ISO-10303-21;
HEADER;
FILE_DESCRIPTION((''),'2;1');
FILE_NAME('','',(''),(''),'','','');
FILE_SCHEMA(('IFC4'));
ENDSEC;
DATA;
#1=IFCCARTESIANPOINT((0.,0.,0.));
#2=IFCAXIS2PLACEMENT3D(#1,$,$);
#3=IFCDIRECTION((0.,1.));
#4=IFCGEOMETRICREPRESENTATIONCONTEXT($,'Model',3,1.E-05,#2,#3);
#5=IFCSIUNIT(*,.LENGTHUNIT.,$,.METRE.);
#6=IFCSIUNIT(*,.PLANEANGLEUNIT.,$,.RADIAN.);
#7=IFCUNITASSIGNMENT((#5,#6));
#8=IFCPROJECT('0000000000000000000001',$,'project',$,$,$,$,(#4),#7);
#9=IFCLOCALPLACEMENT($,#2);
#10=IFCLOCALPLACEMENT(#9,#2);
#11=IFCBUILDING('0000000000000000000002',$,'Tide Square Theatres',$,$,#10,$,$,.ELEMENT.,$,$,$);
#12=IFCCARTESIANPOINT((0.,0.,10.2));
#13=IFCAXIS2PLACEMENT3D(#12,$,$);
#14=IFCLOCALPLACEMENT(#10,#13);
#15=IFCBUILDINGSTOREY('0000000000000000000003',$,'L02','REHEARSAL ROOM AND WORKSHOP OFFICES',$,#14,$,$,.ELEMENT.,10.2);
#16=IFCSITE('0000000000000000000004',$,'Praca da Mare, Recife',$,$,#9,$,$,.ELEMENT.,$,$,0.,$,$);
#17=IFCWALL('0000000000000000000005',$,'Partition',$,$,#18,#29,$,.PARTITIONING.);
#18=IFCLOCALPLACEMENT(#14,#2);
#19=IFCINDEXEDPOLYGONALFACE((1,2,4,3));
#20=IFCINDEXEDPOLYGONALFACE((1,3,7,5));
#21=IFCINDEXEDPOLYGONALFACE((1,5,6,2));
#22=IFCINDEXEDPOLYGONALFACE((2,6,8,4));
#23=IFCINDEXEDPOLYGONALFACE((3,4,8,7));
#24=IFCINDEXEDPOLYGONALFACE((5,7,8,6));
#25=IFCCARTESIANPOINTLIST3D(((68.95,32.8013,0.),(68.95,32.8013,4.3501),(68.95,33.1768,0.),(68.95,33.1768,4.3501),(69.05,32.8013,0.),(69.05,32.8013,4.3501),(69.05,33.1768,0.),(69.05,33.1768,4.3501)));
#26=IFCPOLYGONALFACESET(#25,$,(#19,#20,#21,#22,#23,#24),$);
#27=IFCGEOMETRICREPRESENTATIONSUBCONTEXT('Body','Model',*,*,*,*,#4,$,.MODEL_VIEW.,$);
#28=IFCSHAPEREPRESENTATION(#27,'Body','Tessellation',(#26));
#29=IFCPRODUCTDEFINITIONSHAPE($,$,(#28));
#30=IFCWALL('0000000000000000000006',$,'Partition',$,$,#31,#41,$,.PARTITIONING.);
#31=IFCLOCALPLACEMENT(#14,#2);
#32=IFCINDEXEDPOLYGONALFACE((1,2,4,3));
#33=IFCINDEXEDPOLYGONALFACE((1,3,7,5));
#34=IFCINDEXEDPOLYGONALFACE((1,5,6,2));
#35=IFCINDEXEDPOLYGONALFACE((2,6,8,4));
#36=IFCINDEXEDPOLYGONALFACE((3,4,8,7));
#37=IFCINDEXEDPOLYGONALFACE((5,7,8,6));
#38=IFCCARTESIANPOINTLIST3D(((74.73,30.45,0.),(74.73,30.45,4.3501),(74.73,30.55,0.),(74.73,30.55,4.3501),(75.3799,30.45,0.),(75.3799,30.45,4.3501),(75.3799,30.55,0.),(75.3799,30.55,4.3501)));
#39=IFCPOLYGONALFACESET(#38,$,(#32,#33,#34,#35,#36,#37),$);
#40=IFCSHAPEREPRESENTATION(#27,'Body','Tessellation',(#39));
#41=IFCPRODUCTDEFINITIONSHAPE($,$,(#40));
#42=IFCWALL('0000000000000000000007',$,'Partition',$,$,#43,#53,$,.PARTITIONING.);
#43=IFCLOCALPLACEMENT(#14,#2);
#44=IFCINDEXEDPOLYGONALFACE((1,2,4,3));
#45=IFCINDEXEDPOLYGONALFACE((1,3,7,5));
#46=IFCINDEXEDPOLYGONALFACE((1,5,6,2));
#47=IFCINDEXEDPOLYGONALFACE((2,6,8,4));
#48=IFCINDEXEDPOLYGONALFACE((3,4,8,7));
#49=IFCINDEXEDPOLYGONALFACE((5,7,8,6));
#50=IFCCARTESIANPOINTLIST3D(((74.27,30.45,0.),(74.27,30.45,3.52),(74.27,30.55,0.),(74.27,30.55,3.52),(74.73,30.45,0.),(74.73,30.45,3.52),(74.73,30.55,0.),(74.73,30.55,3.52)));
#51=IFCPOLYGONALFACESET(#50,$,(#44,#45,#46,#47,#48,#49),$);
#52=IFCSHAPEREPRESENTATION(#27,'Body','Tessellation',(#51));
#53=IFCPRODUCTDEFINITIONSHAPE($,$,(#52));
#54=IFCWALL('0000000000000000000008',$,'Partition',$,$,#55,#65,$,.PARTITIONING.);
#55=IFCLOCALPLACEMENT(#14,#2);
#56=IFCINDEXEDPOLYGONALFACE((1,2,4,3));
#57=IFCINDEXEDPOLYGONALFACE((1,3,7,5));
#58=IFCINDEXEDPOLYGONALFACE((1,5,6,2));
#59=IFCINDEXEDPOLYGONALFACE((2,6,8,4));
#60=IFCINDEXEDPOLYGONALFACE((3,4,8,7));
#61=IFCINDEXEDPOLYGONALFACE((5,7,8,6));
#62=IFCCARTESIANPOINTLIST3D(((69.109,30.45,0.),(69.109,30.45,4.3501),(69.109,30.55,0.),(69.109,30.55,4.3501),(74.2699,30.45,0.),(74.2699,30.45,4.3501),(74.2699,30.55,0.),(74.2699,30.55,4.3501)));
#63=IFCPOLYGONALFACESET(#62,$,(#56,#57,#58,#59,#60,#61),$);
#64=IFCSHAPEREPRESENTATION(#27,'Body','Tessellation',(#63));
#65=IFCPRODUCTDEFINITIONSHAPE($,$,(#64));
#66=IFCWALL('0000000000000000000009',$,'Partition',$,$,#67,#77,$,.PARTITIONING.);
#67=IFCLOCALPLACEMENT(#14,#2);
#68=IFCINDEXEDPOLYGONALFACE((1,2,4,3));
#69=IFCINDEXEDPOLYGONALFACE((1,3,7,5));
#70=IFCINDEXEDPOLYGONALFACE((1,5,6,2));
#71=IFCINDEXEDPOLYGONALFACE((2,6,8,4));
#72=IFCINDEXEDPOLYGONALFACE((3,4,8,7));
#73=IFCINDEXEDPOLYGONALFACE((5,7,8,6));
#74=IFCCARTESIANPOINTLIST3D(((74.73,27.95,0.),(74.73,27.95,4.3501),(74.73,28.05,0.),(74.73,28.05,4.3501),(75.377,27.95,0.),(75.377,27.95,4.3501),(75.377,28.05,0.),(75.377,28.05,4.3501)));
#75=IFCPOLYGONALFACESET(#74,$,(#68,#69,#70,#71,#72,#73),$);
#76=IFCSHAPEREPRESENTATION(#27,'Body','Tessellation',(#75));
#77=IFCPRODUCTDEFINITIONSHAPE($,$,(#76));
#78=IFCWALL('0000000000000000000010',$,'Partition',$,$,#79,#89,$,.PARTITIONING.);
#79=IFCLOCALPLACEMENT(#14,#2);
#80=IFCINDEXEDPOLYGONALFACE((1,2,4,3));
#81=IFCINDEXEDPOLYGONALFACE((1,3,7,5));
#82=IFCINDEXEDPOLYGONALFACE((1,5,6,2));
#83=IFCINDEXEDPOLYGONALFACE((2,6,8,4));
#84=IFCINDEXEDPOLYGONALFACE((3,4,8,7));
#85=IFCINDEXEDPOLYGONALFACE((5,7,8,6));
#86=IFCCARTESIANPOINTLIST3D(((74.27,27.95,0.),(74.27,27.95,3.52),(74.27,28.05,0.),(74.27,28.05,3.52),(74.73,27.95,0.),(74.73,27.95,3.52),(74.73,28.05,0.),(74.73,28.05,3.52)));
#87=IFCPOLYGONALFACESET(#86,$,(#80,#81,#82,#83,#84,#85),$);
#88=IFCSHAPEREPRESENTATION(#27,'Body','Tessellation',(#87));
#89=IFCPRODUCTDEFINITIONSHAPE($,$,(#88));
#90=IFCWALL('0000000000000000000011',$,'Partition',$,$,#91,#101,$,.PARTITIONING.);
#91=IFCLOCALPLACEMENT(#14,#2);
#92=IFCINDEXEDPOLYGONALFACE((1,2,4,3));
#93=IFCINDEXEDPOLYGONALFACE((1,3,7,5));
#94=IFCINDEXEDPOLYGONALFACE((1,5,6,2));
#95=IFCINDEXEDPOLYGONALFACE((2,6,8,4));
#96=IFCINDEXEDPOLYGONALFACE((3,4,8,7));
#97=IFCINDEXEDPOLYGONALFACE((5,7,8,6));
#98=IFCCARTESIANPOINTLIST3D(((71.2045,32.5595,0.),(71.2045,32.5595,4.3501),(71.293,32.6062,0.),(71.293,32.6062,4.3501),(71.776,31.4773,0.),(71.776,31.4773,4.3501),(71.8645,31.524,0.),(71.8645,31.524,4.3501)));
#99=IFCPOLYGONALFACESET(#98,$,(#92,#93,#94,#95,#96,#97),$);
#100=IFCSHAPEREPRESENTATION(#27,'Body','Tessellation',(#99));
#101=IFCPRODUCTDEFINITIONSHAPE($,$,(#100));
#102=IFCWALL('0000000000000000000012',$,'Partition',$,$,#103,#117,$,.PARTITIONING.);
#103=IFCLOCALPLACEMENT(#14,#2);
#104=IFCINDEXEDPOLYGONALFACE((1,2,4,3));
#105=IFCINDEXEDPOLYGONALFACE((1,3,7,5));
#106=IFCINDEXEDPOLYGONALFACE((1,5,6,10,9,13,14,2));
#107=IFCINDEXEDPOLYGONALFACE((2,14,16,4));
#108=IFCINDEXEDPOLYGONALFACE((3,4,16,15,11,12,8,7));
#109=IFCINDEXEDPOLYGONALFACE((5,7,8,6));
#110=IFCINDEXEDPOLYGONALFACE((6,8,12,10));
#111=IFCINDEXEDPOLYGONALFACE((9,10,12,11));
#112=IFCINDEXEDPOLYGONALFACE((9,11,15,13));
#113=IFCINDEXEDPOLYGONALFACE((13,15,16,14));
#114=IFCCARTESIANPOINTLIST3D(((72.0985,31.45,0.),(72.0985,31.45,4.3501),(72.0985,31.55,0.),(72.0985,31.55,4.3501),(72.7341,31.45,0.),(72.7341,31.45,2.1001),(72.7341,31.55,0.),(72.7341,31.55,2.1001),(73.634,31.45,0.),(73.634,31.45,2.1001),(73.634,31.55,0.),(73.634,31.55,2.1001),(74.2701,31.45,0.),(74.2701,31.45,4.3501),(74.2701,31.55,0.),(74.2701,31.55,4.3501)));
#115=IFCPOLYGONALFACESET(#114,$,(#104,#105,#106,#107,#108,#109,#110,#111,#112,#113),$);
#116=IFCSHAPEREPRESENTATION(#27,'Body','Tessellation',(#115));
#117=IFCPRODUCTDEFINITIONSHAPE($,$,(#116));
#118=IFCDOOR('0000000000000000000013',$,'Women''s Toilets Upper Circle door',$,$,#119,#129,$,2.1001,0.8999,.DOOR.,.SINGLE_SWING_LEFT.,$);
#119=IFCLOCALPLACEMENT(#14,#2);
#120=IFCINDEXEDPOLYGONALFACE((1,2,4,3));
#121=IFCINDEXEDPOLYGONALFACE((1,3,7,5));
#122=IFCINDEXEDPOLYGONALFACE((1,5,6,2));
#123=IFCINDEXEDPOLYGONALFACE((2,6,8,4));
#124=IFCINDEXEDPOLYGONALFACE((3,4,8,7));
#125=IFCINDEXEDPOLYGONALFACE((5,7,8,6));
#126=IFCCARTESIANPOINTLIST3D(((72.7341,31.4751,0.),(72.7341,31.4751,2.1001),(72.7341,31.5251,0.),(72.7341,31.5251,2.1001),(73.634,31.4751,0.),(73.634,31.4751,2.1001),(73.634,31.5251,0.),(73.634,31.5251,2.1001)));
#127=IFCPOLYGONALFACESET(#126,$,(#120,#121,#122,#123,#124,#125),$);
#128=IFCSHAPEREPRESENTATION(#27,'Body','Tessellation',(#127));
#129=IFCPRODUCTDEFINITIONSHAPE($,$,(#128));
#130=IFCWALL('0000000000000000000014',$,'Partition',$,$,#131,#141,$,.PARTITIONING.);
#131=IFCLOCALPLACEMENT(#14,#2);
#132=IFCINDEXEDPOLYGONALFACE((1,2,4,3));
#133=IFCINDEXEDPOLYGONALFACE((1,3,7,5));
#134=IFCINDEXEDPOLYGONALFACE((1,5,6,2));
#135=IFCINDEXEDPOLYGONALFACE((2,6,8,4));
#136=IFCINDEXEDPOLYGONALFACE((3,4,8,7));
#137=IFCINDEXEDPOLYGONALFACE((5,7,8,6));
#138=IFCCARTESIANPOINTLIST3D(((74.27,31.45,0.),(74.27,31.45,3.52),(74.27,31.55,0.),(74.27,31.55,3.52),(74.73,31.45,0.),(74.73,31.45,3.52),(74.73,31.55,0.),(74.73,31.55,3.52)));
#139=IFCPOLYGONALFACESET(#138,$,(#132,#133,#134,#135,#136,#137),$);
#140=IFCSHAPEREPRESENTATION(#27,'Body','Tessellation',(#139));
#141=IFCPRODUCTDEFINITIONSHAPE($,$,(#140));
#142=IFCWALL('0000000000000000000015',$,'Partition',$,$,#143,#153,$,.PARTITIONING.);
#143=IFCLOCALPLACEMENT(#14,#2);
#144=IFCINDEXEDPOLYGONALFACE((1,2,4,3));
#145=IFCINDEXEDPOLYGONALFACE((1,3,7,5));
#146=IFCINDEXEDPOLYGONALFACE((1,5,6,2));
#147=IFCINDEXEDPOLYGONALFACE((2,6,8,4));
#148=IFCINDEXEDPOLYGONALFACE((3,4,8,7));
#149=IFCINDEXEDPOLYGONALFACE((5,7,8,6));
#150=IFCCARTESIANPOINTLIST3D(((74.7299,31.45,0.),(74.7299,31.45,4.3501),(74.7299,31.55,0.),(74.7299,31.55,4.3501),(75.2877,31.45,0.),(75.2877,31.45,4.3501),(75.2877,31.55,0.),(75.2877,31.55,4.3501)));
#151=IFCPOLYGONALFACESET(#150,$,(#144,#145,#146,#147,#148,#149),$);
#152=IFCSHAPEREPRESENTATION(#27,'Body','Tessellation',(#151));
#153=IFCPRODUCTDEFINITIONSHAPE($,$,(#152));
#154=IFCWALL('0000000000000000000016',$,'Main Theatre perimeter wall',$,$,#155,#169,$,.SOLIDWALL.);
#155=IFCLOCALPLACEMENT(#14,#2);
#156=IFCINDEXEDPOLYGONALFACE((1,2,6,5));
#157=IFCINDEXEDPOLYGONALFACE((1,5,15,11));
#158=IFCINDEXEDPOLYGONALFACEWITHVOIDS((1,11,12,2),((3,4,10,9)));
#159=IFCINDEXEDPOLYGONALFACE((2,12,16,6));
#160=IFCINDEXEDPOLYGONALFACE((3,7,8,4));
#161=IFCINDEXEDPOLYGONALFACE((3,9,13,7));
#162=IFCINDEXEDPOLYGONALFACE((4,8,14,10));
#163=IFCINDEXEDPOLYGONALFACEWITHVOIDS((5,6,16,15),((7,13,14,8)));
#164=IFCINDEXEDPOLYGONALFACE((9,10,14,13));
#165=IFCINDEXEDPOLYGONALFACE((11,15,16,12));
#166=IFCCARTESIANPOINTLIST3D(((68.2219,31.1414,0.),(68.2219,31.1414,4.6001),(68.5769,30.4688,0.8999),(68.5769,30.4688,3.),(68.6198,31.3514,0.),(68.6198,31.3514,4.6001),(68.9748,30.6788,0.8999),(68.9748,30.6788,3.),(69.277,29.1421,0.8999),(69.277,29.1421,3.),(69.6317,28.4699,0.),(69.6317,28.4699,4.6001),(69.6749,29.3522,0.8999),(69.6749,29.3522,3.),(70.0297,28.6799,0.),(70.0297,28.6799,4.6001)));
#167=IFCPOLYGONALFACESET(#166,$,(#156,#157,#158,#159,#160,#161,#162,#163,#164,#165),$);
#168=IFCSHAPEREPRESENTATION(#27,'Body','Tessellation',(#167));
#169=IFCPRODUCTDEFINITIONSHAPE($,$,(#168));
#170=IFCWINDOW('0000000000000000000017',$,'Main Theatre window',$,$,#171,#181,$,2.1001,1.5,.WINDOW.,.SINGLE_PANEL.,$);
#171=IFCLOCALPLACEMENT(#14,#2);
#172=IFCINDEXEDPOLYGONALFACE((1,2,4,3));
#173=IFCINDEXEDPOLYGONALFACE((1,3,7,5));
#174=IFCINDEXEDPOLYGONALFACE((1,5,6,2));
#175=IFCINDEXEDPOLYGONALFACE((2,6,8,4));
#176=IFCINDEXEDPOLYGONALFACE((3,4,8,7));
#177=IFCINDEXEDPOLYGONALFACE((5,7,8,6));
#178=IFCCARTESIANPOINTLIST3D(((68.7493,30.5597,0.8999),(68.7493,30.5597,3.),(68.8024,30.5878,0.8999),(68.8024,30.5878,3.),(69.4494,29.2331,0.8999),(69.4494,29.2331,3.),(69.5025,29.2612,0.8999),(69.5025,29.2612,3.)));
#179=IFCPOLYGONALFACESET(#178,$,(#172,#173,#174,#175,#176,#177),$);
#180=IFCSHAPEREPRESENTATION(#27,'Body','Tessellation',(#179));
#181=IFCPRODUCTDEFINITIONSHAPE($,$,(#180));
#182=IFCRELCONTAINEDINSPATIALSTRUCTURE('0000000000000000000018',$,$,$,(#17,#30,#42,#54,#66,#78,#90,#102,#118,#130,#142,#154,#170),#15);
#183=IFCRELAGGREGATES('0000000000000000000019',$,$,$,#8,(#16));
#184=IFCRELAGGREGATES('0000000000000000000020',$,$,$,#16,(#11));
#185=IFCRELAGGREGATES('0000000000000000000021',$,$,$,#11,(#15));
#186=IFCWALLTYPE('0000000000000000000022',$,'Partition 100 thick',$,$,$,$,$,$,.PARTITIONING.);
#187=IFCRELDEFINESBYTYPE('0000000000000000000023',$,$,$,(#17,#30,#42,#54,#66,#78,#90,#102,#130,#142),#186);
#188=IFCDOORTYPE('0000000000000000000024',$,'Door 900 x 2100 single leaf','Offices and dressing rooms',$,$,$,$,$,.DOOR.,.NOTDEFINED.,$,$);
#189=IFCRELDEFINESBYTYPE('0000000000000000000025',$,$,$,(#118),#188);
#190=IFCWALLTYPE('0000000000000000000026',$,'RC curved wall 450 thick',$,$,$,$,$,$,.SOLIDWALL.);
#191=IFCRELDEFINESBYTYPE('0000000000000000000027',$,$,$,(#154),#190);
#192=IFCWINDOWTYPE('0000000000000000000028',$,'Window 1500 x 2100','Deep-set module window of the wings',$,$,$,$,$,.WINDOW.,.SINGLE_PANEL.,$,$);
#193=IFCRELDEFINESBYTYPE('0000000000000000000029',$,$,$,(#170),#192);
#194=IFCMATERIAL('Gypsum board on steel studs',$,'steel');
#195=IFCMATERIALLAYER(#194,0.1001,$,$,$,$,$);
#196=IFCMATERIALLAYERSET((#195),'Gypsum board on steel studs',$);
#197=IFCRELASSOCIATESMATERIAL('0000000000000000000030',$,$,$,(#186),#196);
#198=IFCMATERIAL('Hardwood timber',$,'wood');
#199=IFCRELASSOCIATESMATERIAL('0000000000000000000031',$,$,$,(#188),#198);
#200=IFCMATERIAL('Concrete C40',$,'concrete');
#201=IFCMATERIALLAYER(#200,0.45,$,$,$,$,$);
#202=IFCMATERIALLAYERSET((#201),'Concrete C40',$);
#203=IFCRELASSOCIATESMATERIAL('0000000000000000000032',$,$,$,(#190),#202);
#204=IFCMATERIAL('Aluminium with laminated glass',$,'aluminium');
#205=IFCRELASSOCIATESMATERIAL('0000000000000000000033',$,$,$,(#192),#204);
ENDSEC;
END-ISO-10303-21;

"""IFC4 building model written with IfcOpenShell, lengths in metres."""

from ifc_helpers import new_model, si_unit, direction, frame, frame_2d, origin, place, context, subcontext, project, spatial, rectangle, extrude, material, layer, layer_set, type_object, element, fill, save


model = new_model("IFC4")

# Units and contexts
model_context = context("Model", 3, precision=1e-05, world=origin(), true_north=direction((0.0, 1.0)))
body_context = subcontext(model_context, "Body", "Model", "MODEL_VIEW")
ifc_project = project(units=[si_unit("LENGTHUNIT", "METRE"), si_unit("PLANEANGLEUNIT", "RADIAN")], contexts=[model_context])

# Site, building, storey
site_placement = place(None, origin())
site = spatial("IfcSite", under=ifc_project, at=site_placement, Name="Praca da Mare, Recife", CompositionType="ELEMENT", RefElevation=0.0)
building_placement = place(site_placement, origin())
building = spatial("IfcBuilding", under=site, at=building_placement, Name="Tide Square Theatres", CompositionType="ELEMENT")
storey_placement = place(building_placement, frame((0.0, 0.0, 10.2)))
storey = spatial("IfcBuildingStorey", under=building, at=storey_placement, Name="L02", Description="REHEARSAL ROOM AND WORKSHOP OFFICES", CompositionType="ELEMENT", Elevation=10.2)

# Walls
ifc_material_1 = material(Name="Gypsum board on steel studs", Category="steel")
ifc_layer_1 = layer(ifc_material_1, 0.1001)
ifc_layer_set_1 = layer_set([ifc_layer_1], Name="Gypsum board on steel studs")
wall_type_1 = type_object("IfcWallType", Name="Partition 100 thick", PredefinedType="PARTITIONING", material=ifc_layer_set_1)
wall_1_placement = place(storey_placement, frame((69.0, 32.8013, 0.0), z_axis=(0.0, 0.0, 1.0), x_axis=(0.0, 1.0, 0.0)))
element("IfcWall", 1, at=wall_1_placement, inside=storey, type_object=wall_type_1, Name="Partition", PredefinedType="PARTITIONING", context=body_context, shape_type="SweptSolid", body=[
    extrude(rectangle(XDim=0.3755, YDim=0.1001, at=frame_2d((0.1877, 0.0))), origin(), (0.0, 0.0, 1.0), 4.3501),
])
wall_2_placement = place(storey_placement, frame((75.3799, 30.5, 0.0), z_axis=(0.0, 0.0, 1.0), x_axis=(-1.0, 0.0, 0.0)))
element("IfcWall", 2, at=wall_2_placement, inside=storey, type_object=wall_type_1, Name="Partition", PredefinedType="PARTITIONING", context=body_context, shape_type="SweptSolid", body=[
    extrude(rectangle(XDim=0.6499, YDim=0.1001, at=frame_2d((0.325, 0.0))), origin(), (0.0, 0.0, 1.0), 4.3501),
])
wall_3_placement = place(storey_placement, frame((74.73, 30.5, 0.0), z_axis=(0.0, 0.0, 1.0), x_axis=(-1.0, 0.0, 0.0)))
element("IfcWall", 3, at=wall_3_placement, inside=storey, type_object=wall_type_1, Name="Partition", PredefinedType="PARTITIONING", context=body_context, shape_type="SweptSolid", body=[
    extrude(rectangle(XDim=0.46, YDim=0.1001, at=frame_2d((0.23, 0.0))), origin(), (0.0, 0.0, 1.0), 3.52),
])
wall_4_placement = place(storey_placement, frame((74.27, 30.5, 0.0), z_axis=(0.0, 0.0, 1.0), x_axis=(-1.0, 0.0, 0.0)))
element("IfcWall", 4, at=wall_4_placement, inside=storey, type_object=wall_type_1, Name="Partition", PredefinedType="PARTITIONING", context=body_context, shape_type="SweptSolid", body=[
    extrude(rectangle(XDim=5.1609, YDim=0.1001, at=frame_2d((2.5806, 0.0))), origin(), (0.0, 0.0, 1.0), 4.3501),
])
wall_5_placement = place(storey_placement, frame((75.377, 28.0, 0.0), z_axis=(0.0, 0.0, 1.0), x_axis=(-1.0, 0.0, 0.0)))
element("IfcWall", 5, at=wall_5_placement, inside=storey, type_object=wall_type_1, Name="Partition", PredefinedType="PARTITIONING", context=body_context, shape_type="SweptSolid", body=[
    extrude(rectangle(XDim=0.647, YDim=0.1001, at=frame_2d((0.3235, 0.0))), origin(), (0.0, 0.0, 1.0), 4.3501),
])
wall_6_placement = place(storey_placement, frame((74.73, 28.0, 0.0), z_axis=(0.0, 0.0, 1.0), x_axis=(-1.0, 0.0, 0.0)))
element("IfcWall", 6, at=wall_6_placement, inside=storey, type_object=wall_type_1, Name="Partition", PredefinedType="PARTITIONING", context=body_context, shape_type="SweptSolid", body=[
    extrude(rectangle(XDim=0.46, YDim=0.1001, at=frame_2d((0.23, 0.0))), origin(), (0.0, 0.0, 1.0), 3.52),
])
wall_7_placement = place(storey_placement, frame((71.2488, 32.5828, 0.0), z_axis=(0.0, 0.0, 1.0), x_axis=(0.466971, -0.884273, 0.0)))
element("IfcWall", 7, at=wall_7_placement, inside=storey, type_object=wall_type_1, Name="Partition", PredefinedType="PARTITIONING", context=body_context, shape_type="SweptSolid", body=[
    extrude(rectangle(XDim=1.2239, YDim=0.1001, at=frame_2d((0.6118, 0.0))), origin(), (0.0, 0.0, 1.0), 4.3501),
])

# Wall, opening, door
wall_8_placement = place(storey_placement, frame((72.0984, 31.5, 0.0), z_axis=(0.0, 0.0, 1.0), x_axis=(1.0, 0.0, 0.0)))
wall_8 = element("IfcWall", 8, at=wall_8_placement, inside=storey, type_object=wall_type_1, Name="Partition", PredefinedType="PARTITIONING", context=body_context, shape_type="SweptSolid", body=[
    extrude(rectangle(XDim=2.1716, YDim=0.1001, at=frame_2d((1.0859, 0.0))), origin(), (0.0, 0.0, 1.0), 4.3501),
])
opening_1_placement = place(wall_8_placement, frame((0.6357, 0.0, 0.0)))
opening_1 = element("IfcOpeningElement", 9, at=opening_1_placement, cuts=wall_8, PredefinedType="OPENING", context=body_context, shape_type="SweptSolid", body=[
    extrude(rectangle(XDim=0.8999, YDim=2.1001, at=frame_2d((0.45, 1.05))), frame((0.0, 0.0601, 0.0), z_axis=(0.0, -1.0, 0.0), x_axis=(1.0, 0.0, 0.0)), (0.0, 0.0, 1.0), 0.1201),
])
ifc_material_2 = material(Name="Hardwood timber", Category="wood")
door_type_1 = type_object("IfcDoorType", Name="Door 900 x 2100 single leaf", Description="Offices and dressing rooms", OperationType="NOTDEFINED", PredefinedType="DOOR", material=ifc_material_2)
door_1_placement = place(opening_1_placement, frame((0.8999, 0.0, 0.0), z_axis=(0.0, 0.0, 1.0), x_axis=(-1.0, 0.0, 0.0)))
door_1 = element("IfcDoor", 10, at=door_1_placement, inside=storey, type_object=door_type_1, Name="Women's Toilets Upper Circle door", OperationType="SINGLE_SWING_LEFT", OverallHeight=2.1001, OverallWidth=0.8999, PredefinedType="DOOR", context=body_context, shape_type="SweptSolid", body=[
    extrude(rectangle(XDim=0.8999, YDim=2.1001, at=frame_2d((0.45, 1.05))), frame((0.0, 0.0249, 0.0), z_axis=(0.0, -1.0, 0.0), x_axis=(1.0, 0.0, 0.0)), (0.0, 0.0, 1.0), 0.05),
])
fill(opening_1, door_1)

# Walls
wall_9_placement = place(storey_placement, frame((74.27, 31.5, 0.0), z_axis=(0.0, 0.0, 1.0), x_axis=(1.0, 0.0, 0.0)))
element("IfcWall", 11, at=wall_9_placement, inside=storey, type_object=wall_type_1, Name="Partition", PredefinedType="PARTITIONING", context=body_context, shape_type="SweptSolid", body=[
    extrude(rectangle(XDim=0.46, YDim=0.1001, at=frame_2d((0.23, 0.0))), origin(), (0.0, 0.0, 1.0), 3.52),
])
wall_10_placement = place(storey_placement, frame((74.73, 31.5, 0.0), z_axis=(0.0, 0.0, 1.0), x_axis=(1.0, 0.0, 0.0)))
element("IfcWall", 12, at=wall_10_placement, inside=storey, type_object=wall_type_1, Name="Partition", PredefinedType="PARTITIONING", context=body_context, shape_type="SweptSolid", body=[
    extrude(rectangle(XDim=0.5579, YDim=0.1001, at=frame_2d((0.2788, 0.0))), origin(), (0.0, 0.0, 1.0), 4.3501),
])

# Wall, opening, window
ifc_material_3 = material(Name="Concrete C40", Category="concrete")
ifc_layer_2 = layer(ifc_material_3, 0.45)
ifc_layer_set_2 = layer_set([ifc_layer_2], Name="Concrete C40")
wall_type_2 = type_object("IfcWallType", Name="RC curved wall 450 thick", PredefinedType="SOLIDWALL", material=ifc_layer_set_2)
wall_11_placement = place(storey_placement, frame((68.4209, 31.2463, 0.0), z_axis=(0.0, 0.0, 1.0), x_axis=(0.466729, -0.884401, 0.0)))
wall_11 = element("IfcWall", 13, at=wall_11_placement, inside=storey, type_object=wall_type_2, Name="Main Theatre perimeter wall", PredefinedType="SOLIDWALL", context=body_context, shape_type="SweptSolid", body=[
    extrude(rectangle(XDim=3.0208, YDim=0.45, at=frame_2d((1.5103, 0.0))), origin(), (0.0, 0.0, 1.0), 4.6001),
])
opening_2_placement = place(wall_11_placement, frame((0.7605, 0.0, 0.8999)))
opening_2 = element("IfcOpeningElement", 14, at=opening_2_placement, cuts=wall_11, PredefinedType="OPENING", context=body_context, shape_type="SweptSolid", body=[
    extrude(rectangle(XDim=1.5, YDim=2.1001, at=frame_2d((0.75, 1.05))), frame((0.0, 0.2349, 0.0), z_axis=(0.0, -1.0, 0.0), x_axis=(1.0, 0.0, 0.0)), (0.0, 0.0, 1.0), 0.47),
])
ifc_material_4 = material(Name="Aluminium with laminated glass", Category="aluminium")
window_type = type_object("IfcWindowType", Name="Window 1500 x 2100", Description="Deep-set module window of the wings", PartitioningType="SINGLE_PANEL", PredefinedType="WINDOW", material=ifc_material_4)
window_1_placement = place(opening_2_placement, origin())
window_1 = element("IfcWindow", 15, at=window_1_placement, inside=storey, type_object=window_type, Name="Main Theatre window", OverallHeight=2.1001, OverallWidth=1.5, PartitioningType="SINGLE_PANEL", PredefinedType="WINDOW", context=body_context, shape_type="SweptSolid", body=[
    extrude(rectangle(XDim=1.5, YDim=2.1001, at=frame_2d((0.75, 1.05))), frame((0.0, 0.03, 0.0), z_axis=(0.0, -1.0, 0.0), x_axis=(1.0, 0.0, 0.0)), (0.0, 0.0, 1.0), 0.0601),
])
fill(opening_2, window_1)

save(model, "model.ifc")
